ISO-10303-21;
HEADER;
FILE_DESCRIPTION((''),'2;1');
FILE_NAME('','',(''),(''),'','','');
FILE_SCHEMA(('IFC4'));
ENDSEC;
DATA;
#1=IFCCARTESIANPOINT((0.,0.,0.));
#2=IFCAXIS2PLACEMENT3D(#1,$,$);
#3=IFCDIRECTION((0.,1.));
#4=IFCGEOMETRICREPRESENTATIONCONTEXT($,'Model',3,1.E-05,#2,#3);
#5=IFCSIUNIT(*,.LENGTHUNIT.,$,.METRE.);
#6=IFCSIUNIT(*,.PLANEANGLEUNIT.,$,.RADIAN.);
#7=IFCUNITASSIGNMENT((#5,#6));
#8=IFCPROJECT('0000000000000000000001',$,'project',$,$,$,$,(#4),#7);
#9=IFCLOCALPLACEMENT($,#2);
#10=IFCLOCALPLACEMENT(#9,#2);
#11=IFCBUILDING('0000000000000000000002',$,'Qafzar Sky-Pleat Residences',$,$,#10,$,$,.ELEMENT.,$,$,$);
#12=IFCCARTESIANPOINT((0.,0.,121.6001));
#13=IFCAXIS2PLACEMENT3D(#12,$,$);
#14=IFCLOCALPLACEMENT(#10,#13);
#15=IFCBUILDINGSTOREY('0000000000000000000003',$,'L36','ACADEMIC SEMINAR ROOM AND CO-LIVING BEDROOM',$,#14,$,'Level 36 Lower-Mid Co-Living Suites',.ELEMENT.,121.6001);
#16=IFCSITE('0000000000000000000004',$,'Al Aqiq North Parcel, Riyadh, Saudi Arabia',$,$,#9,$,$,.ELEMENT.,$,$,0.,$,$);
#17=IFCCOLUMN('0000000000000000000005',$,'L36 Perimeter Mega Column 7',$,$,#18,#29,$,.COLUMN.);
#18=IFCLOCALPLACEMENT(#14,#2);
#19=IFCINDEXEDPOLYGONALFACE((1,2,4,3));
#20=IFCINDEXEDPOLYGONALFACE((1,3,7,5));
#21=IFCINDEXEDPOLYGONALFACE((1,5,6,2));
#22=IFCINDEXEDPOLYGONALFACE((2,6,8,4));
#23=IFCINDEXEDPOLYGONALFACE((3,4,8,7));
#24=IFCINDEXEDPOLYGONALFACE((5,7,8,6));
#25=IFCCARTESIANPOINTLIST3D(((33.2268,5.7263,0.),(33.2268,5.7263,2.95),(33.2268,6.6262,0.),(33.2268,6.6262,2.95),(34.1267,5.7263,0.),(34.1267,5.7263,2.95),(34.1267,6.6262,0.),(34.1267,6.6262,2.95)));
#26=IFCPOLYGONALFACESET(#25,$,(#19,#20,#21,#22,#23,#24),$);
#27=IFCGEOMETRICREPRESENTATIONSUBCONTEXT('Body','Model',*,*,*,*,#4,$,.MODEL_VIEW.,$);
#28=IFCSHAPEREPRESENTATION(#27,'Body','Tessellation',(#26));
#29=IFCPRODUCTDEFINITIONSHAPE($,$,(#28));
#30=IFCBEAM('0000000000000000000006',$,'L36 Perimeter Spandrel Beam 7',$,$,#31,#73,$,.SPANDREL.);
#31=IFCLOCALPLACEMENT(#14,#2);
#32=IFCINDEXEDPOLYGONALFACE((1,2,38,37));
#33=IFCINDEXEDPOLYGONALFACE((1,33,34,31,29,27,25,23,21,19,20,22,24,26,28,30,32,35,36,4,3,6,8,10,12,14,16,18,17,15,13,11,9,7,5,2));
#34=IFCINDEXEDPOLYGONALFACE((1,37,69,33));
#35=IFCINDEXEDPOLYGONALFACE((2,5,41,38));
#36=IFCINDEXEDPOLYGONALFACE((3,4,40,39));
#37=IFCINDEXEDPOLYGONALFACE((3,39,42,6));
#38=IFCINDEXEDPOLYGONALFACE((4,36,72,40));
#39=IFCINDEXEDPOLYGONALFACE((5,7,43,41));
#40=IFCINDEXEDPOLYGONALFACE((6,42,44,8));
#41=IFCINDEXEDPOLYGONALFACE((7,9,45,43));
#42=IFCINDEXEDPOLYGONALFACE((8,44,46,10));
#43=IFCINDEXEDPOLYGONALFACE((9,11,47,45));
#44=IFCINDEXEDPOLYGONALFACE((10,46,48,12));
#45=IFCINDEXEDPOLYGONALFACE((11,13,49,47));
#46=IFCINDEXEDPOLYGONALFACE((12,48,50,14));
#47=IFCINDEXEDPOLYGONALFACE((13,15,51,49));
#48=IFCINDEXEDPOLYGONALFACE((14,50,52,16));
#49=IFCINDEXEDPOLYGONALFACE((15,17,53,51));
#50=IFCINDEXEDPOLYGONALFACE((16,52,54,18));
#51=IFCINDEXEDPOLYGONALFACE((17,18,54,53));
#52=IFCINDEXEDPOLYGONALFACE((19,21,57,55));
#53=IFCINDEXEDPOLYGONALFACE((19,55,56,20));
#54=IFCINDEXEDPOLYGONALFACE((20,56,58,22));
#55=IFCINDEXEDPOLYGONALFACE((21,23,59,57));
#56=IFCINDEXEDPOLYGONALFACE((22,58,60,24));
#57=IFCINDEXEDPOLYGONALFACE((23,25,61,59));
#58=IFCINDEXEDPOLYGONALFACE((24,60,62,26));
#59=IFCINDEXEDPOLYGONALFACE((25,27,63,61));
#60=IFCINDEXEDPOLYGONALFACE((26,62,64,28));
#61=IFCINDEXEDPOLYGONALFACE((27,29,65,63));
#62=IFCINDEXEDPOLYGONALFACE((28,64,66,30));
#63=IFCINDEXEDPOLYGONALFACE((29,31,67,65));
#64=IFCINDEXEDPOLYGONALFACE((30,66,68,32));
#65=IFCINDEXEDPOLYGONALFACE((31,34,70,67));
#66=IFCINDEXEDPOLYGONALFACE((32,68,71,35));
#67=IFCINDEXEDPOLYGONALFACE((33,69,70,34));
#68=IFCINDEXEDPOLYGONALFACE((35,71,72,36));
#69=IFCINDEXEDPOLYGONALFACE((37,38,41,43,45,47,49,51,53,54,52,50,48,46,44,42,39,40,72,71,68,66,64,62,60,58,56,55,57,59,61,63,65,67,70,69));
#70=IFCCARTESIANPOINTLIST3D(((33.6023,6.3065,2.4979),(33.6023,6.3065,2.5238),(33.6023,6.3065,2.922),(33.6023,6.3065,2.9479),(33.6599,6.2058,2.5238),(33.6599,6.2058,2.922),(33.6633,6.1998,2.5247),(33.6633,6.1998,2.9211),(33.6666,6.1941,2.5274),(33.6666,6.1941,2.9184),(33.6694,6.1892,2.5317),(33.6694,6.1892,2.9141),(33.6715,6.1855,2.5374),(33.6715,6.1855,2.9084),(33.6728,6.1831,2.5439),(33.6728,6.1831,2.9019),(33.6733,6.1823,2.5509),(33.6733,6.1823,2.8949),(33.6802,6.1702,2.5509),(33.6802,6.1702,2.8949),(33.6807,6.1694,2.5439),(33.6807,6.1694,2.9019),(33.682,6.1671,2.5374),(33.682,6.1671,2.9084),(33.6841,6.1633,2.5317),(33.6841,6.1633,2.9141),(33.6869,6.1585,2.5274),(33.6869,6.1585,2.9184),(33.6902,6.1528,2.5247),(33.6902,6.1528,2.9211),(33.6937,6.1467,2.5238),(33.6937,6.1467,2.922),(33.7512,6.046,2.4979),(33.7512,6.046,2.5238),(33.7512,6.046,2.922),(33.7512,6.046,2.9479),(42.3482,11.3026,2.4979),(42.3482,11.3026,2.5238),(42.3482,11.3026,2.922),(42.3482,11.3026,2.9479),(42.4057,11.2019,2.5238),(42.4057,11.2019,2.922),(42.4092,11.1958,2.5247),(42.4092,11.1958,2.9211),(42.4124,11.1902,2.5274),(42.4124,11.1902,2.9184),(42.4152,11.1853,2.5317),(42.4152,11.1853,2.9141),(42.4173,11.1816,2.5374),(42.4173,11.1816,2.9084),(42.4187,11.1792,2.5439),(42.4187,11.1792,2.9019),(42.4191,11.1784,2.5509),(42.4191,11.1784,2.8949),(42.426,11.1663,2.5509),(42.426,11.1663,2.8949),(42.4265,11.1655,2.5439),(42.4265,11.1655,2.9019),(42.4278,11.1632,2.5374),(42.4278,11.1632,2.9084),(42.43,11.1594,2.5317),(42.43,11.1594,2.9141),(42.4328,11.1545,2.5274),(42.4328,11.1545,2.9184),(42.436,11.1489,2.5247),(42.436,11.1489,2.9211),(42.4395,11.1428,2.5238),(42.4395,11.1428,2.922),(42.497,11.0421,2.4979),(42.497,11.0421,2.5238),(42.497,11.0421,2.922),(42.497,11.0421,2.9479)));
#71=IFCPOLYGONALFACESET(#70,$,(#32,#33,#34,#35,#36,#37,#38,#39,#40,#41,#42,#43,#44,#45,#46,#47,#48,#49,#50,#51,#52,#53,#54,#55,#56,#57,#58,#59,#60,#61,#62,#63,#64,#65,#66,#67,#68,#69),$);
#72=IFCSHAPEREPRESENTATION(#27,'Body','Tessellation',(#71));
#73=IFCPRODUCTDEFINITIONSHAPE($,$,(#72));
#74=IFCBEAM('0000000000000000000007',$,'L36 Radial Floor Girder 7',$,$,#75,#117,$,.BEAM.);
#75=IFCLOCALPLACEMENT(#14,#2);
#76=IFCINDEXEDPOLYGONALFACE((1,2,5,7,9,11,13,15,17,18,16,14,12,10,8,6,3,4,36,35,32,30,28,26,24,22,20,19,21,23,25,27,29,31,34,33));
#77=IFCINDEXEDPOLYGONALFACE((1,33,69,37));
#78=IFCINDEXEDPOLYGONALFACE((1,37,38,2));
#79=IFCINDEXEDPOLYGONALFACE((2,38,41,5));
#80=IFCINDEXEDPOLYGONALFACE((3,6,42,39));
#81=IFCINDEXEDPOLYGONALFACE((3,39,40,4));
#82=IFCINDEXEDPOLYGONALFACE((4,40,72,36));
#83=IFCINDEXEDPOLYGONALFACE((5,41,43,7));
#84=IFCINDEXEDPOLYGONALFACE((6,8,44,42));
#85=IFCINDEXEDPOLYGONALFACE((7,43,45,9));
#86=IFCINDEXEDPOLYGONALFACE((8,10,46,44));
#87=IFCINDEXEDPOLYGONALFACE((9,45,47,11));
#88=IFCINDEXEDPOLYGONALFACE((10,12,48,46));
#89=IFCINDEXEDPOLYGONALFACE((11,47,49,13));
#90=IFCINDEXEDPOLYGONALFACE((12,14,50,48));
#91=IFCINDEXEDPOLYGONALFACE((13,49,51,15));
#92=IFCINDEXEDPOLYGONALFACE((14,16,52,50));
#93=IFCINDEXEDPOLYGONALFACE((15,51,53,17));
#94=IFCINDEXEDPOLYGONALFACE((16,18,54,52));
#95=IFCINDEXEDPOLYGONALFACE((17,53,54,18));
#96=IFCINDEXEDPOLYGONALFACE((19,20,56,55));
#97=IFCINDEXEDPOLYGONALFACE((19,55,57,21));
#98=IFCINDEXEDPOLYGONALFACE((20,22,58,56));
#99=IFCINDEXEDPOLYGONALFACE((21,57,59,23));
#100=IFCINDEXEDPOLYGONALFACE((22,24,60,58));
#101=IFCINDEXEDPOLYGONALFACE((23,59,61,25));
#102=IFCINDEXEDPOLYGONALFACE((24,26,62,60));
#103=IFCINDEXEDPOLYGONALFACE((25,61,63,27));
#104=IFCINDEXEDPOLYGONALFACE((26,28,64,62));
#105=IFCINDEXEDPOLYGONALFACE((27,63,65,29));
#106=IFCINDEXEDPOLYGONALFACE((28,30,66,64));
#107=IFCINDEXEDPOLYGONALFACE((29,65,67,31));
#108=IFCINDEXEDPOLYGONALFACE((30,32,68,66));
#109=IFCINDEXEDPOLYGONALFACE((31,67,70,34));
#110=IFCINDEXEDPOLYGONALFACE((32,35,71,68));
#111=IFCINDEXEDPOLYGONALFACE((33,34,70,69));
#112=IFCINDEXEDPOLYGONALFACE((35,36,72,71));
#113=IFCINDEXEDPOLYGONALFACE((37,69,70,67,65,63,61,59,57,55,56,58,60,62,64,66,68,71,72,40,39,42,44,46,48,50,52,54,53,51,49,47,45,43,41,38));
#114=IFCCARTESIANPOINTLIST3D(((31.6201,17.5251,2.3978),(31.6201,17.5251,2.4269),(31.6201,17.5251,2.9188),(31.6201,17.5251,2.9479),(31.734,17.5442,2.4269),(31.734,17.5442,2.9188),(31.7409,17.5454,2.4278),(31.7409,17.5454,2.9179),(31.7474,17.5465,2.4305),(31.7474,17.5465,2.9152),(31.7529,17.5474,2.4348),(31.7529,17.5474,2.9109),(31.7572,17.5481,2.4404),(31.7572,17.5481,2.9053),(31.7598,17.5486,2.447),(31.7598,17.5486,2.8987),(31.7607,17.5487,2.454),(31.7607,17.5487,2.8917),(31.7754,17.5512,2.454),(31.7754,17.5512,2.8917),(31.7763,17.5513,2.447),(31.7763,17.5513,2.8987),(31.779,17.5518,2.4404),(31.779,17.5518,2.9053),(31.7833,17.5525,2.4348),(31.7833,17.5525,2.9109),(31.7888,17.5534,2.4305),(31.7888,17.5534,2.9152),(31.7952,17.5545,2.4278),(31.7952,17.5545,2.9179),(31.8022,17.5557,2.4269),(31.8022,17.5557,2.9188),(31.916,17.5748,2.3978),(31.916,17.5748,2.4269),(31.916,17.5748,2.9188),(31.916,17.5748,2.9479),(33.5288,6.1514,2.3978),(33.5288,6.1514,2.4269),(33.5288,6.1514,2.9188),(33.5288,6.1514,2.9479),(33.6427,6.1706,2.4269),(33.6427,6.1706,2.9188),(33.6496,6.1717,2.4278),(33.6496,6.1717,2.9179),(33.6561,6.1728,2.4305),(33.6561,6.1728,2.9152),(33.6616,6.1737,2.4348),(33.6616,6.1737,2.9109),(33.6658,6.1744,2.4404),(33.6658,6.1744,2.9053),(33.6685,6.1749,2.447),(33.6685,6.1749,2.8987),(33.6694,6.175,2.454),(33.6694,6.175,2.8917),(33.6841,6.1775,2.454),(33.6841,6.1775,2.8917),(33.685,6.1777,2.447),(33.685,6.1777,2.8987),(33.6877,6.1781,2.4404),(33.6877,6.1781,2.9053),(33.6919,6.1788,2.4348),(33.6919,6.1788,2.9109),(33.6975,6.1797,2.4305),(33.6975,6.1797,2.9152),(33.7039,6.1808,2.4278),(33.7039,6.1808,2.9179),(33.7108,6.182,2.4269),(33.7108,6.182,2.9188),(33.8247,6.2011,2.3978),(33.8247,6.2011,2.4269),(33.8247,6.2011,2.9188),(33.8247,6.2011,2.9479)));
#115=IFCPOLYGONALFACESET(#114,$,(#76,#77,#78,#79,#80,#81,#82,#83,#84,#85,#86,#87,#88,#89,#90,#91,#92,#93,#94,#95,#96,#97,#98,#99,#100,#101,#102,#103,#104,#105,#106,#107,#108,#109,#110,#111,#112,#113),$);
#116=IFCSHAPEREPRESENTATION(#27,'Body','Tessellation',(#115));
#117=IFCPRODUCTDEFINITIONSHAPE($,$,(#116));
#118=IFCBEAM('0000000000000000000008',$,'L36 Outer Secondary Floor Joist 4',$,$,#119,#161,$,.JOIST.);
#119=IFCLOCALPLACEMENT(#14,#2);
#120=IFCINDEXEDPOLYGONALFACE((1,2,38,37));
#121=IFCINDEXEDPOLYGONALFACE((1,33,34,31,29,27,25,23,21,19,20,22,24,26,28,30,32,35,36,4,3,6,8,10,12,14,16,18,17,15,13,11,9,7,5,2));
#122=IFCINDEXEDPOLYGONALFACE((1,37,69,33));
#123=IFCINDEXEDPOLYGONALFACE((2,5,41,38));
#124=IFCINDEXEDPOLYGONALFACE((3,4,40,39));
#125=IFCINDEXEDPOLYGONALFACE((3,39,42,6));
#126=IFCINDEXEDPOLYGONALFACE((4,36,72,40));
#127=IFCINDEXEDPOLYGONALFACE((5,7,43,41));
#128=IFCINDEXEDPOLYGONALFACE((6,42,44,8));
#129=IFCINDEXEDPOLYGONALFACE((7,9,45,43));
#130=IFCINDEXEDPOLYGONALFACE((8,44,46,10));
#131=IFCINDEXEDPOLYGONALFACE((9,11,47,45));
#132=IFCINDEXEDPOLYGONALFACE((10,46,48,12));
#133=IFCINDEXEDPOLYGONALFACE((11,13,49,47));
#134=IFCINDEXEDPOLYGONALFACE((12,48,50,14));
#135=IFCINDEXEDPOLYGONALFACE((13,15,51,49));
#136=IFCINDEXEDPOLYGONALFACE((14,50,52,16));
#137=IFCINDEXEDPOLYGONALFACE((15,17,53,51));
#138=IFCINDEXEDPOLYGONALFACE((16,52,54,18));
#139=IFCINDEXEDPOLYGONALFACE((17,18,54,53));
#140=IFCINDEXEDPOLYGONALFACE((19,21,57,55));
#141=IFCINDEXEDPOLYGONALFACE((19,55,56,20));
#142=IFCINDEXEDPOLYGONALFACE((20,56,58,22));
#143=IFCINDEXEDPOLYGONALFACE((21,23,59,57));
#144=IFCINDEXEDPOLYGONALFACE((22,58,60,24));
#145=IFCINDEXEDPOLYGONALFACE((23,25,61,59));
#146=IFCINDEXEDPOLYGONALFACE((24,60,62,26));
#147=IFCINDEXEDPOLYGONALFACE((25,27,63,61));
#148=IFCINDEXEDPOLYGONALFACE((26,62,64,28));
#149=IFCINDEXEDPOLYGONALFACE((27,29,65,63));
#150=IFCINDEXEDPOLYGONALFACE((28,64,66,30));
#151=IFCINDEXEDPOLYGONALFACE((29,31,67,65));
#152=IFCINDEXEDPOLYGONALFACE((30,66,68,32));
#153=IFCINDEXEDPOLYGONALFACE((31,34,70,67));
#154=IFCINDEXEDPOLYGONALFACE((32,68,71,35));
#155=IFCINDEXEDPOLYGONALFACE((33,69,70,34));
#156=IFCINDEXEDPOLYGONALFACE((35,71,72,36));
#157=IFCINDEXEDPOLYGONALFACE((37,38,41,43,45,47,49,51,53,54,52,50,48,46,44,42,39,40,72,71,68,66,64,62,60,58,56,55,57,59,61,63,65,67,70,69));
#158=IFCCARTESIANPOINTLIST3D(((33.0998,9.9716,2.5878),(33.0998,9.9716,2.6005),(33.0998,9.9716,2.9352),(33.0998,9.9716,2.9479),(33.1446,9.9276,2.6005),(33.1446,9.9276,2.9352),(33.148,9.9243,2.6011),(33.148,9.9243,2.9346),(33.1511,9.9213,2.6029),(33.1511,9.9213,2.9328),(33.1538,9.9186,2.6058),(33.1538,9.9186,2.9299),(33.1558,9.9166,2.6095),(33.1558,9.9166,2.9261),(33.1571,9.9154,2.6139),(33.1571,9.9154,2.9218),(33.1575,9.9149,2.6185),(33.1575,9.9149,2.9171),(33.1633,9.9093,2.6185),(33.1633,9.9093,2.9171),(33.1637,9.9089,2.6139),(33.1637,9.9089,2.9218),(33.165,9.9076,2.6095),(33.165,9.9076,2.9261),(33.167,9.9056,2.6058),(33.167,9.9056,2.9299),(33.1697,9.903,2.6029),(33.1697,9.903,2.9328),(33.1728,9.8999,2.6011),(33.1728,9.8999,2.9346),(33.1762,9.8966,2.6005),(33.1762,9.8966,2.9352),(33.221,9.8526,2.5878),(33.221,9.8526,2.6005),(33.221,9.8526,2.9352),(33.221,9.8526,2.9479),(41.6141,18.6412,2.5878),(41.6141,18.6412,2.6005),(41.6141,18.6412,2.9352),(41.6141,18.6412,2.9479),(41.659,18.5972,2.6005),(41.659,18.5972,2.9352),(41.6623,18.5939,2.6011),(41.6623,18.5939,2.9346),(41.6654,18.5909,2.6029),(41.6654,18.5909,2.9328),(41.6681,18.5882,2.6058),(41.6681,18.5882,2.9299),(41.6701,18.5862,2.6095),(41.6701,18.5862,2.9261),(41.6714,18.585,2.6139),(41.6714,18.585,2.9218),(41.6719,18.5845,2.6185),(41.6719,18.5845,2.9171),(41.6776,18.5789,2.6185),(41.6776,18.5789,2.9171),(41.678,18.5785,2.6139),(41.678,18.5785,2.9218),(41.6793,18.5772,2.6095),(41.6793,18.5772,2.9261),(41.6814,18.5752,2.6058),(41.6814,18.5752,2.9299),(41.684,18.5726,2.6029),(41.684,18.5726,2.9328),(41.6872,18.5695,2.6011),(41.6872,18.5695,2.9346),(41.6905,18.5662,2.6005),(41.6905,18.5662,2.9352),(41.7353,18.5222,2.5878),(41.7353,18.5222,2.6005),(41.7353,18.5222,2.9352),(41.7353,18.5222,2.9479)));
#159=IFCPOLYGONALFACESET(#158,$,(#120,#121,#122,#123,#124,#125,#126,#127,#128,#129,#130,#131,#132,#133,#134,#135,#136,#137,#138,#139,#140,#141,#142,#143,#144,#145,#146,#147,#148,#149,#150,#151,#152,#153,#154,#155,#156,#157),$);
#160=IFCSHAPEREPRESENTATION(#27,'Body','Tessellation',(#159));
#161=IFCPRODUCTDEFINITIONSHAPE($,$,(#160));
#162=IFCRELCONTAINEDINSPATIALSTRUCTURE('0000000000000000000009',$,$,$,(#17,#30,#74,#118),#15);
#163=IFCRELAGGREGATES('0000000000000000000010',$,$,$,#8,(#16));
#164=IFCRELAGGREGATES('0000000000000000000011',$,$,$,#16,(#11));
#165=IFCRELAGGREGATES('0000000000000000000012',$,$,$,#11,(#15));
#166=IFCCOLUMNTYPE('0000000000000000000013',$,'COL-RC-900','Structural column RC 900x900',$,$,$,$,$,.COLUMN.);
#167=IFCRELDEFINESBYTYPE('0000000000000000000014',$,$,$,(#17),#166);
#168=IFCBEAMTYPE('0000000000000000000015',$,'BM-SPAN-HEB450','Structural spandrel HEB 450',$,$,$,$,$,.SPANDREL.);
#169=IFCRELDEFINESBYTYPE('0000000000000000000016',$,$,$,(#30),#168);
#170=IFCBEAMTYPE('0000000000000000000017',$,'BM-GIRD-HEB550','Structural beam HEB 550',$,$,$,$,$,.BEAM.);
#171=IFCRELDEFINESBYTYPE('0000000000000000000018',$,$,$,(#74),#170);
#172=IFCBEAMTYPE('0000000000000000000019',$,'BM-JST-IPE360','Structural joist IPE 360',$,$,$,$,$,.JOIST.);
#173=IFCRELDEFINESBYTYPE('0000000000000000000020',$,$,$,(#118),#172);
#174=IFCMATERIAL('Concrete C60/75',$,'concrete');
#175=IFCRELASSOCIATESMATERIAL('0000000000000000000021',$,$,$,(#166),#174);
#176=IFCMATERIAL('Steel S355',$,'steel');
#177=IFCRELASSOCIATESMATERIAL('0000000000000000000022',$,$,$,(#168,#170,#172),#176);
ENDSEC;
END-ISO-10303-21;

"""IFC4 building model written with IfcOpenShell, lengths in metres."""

from ifc_helpers import new_model, si_unit, direction, frame, origin, origin_2d, place, context, subcontext, project, spatial, rectangle, i_section, extrude, source, transform, mapped, material, material_profile, profile_set, type_object, element, save


model = new_model("IFC4")

# Units and contexts
model_context = context("Model", 3, precision=1e-05, world=origin(), true_north=direction((0.0, 1.0)))
body_context = subcontext(model_context, "Body", "Model", "MODEL_VIEW")
ifc_project = project(units=[si_unit("LENGTHUNIT", "METRE"), si_unit("PLANEANGLEUNIT", "RADIAN")], contexts=[model_context])

# Site, building, storey
site_placement = place(None, origin())
site = spatial("IfcSite", under=ifc_project, at=site_placement, Name="Al Aqiq North Parcel, Riyadh, Saudi Arabia", CompositionType="ELEMENT", RefElevation=0.0)
building_placement = place(site_placement, origin())
building = spatial("IfcBuilding", under=site, at=building_placement, Name="Qafzar Sky-Pleat Residences", CompositionType="ELEMENT")
storey_placement = place(building_placement, frame((0.0, 0.0, 121.6001)))
storey = spatial("IfcBuildingStorey", under=building, at=storey_placement, Name="L36", Description="ACADEMIC SEMINAR ROOM AND CO-LIVING BEDROOM", LongName="Level 36 Lower-Mid Co-Living Suites", CompositionType="ELEMENT", Elevation=121.6001)

# Column
ifc_material_1 = material(Name="Concrete C60/75", Category="concrete")
ifc_material_profile_1 = material_profile(ifc_material_1, rectangle(XDim=0.8999, YDim=0.8999, at=origin_2d()), Name="RC 900x900")
ifc_profile_set_1 = profile_set([ifc_material_profile_1], Name="Concrete C60/75")
column_type = type_object("IfcColumnType", Name="COL-RC-900", Description="Structural column RC 900x900", PredefinedType="COLUMN", material=ifc_profile_set_1)
shared_shape_1 = source(origin(), body_context, "Body", "SweptSolid", [
    extrude(rectangle(XDim=0.8999, YDim=0.8999, at=origin_2d()), origin(), (0.0, 0.0, 1.0), 2.95),
])
column_placement = place(storey_placement, frame((33.6768, 6.1763, 0.0), z_axis=(0.0, 0.0, 1.0), x_axis=(1.0, 0.0, 0.0)))
element("IfcColumn", 1, at=column_placement, inside=storey, type_object=column_type, Name="L36 Perimeter Mega Column 7", PredefinedType="COLUMN", context=body_context, shape_type="MappedRepresentation", body=[
    mapped(shared_shape_1, transform((0.0, 0.0, 0.0), x_axis=(1.0, 0.0, 0.0), y_axis=(0.0, 1.0, 0.0), z_axis=(0.0, 0.0, 1.0), scale=1.0)),
])

# Beams
ifc_material_2 = material(Name="Steel S355", Category="steel")
ifc_material_profile_2 = material_profile(ifc_material_2, i_section(OverallWidth=0.3, OverallDepth=0.45, WebThickness=0.0139, FlangeThickness=0.0259, FilletRadius=0.0271, at=origin_2d()), Name="HEB 450")
ifc_profile_set_2 = profile_set([ifc_material_profile_2], Name="Steel S355")
beam_type_1 = type_object("IfcBeamType", Name="BM-SPAN-HEB450", Description="Structural spandrel HEB 450", PredefinedType="SPANDREL", material=ifc_profile_set_2)
shared_shape_2 = source(origin(), body_context, "Body", "SweptSolid", [
    extrude(i_section(OverallWidth=0.3, OverallDepth=0.45, WebThickness=0.0139, FlangeThickness=0.0259, FilletRadius=0.0271, at=origin_2d()), origin(), (0.0, 0.0, 1.0), 10.0723),
])
beam_1_placement = place(storey_placement, frame((33.6768, 6.1763, 2.7229), z_axis=(0.868309, 0.496024, 0.0), x_axis=(-0.496024, 0.868309, 0.0)))
element("IfcBeam", 2, at=beam_1_placement, inside=storey, type_object=beam_type_1, Name="L36 Perimeter Spandrel Beam 7", PredefinedType="SPANDREL", context=body_context, shape_type="MappedRepresentation", body=[
    mapped(shared_shape_2, transform((0.0, 0.0, 0.0), x_axis=(1.0, 0.0, 0.0), y_axis=(0.0, 1.0, 0.0), z_axis=(0.0, 0.0, 1.0), scale=1.0)),
])
ifc_material_profile_3 = material_profile(ifc_material_2, i_section(OverallWidth=0.3, OverallDepth=0.55, WebThickness=0.0149, FlangeThickness=0.0291, FilletRadius=0.0271, at=origin_2d()), Name="HEB 550")
ifc_profile_set_3 = profile_set([ifc_material_profile_3], Name="Steel S355")
beam_type_2 = type_object("IfcBeamType", Name="BM-GIRD-HEB550", Description="Structural beam HEB 550", PredefinedType="BEAM", material=ifc_profile_set_3)
shared_shape_3 = source(origin(), body_context, "Body", "SweptSolid", [
    extrude(i_section(OverallWidth=0.3, OverallDepth=0.55, WebThickness=0.0149, FlangeThickness=0.0291, FilletRadius=0.0271, at=origin_2d()), origin(), (0.0, 0.0, 1.0), 11.5327),
])
beam_2_placement = place(storey_placement, frame((33.6768, 6.1763, 2.6729), z_axis=(-0.165501, 0.98621, 0.0), x_axis=(-0.98621, -0.165501, 0.0)))
element("IfcBeam", 3, at=beam_2_placement, inside=storey, type_object=beam_type_2, Name="L36 Radial Floor Girder 7", PredefinedType="BEAM", context=body_context, shape_type="MappedRepresentation", body=[
    mapped(shared_shape_3, transform((0.0, 0.0, 0.0), x_axis=(1.0, 0.0, 0.0), y_axis=(0.0, 1.0, 0.0), z_axis=(0.0, 0.0, 1.0), scale=1.0)),
])
ifc_material_profile_4 = material_profile(ifc_material_2, i_section(OverallWidth=0.1699, OverallDepth=0.3601, WebThickness=0.0081, FlangeThickness=0.0127, FilletRadius=0.0181, at=origin_2d()), Name="IPE 360")
ifc_profile_set_4 = profile_set([ifc_material_profile_4], Name="Steel S355")
beam_type_3 = type_object("IfcBeamType", Name="BM-JST-IPE360", Description="Structural joist IPE 360", PredefinedType="JOIST", material=ifc_profile_set_4)
shared_shape_4 = source(origin(), body_context, "Body", "SweptSolid", [
    extrude(i_section(OverallWidth=0.1699, OverallDepth=0.3601, WebThickness=0.0081, FlangeThickness=0.0127, FilletRadius=0.0181, at=origin_2d()), origin(), (0.0, 0.0, 1.0), 12.1514),
])
beam_3_placement = place(storey_placement, frame((33.1604, 9.9121, 2.7678), z_axis=(0.700689, 0.713467, 0.0), x_axis=(-0.713467, 0.700689, 0.0)))
element("IfcBeam", 4, at=beam_3_placement, inside=storey, type_object=beam_type_3, Name="L36 Outer Secondary Floor Joist 4", PredefinedType="JOIST", context=body_context, shape_type="MappedRepresentation", body=[
    mapped(shared_shape_4, transform((0.0, 0.0, 0.0), x_axis=(1.0, 0.0, 0.0), y_axis=(0.0, 1.0, 0.0), z_axis=(0.0, 0.0, 1.0), scale=1.0)),
])

save(model, "model.ifc")
